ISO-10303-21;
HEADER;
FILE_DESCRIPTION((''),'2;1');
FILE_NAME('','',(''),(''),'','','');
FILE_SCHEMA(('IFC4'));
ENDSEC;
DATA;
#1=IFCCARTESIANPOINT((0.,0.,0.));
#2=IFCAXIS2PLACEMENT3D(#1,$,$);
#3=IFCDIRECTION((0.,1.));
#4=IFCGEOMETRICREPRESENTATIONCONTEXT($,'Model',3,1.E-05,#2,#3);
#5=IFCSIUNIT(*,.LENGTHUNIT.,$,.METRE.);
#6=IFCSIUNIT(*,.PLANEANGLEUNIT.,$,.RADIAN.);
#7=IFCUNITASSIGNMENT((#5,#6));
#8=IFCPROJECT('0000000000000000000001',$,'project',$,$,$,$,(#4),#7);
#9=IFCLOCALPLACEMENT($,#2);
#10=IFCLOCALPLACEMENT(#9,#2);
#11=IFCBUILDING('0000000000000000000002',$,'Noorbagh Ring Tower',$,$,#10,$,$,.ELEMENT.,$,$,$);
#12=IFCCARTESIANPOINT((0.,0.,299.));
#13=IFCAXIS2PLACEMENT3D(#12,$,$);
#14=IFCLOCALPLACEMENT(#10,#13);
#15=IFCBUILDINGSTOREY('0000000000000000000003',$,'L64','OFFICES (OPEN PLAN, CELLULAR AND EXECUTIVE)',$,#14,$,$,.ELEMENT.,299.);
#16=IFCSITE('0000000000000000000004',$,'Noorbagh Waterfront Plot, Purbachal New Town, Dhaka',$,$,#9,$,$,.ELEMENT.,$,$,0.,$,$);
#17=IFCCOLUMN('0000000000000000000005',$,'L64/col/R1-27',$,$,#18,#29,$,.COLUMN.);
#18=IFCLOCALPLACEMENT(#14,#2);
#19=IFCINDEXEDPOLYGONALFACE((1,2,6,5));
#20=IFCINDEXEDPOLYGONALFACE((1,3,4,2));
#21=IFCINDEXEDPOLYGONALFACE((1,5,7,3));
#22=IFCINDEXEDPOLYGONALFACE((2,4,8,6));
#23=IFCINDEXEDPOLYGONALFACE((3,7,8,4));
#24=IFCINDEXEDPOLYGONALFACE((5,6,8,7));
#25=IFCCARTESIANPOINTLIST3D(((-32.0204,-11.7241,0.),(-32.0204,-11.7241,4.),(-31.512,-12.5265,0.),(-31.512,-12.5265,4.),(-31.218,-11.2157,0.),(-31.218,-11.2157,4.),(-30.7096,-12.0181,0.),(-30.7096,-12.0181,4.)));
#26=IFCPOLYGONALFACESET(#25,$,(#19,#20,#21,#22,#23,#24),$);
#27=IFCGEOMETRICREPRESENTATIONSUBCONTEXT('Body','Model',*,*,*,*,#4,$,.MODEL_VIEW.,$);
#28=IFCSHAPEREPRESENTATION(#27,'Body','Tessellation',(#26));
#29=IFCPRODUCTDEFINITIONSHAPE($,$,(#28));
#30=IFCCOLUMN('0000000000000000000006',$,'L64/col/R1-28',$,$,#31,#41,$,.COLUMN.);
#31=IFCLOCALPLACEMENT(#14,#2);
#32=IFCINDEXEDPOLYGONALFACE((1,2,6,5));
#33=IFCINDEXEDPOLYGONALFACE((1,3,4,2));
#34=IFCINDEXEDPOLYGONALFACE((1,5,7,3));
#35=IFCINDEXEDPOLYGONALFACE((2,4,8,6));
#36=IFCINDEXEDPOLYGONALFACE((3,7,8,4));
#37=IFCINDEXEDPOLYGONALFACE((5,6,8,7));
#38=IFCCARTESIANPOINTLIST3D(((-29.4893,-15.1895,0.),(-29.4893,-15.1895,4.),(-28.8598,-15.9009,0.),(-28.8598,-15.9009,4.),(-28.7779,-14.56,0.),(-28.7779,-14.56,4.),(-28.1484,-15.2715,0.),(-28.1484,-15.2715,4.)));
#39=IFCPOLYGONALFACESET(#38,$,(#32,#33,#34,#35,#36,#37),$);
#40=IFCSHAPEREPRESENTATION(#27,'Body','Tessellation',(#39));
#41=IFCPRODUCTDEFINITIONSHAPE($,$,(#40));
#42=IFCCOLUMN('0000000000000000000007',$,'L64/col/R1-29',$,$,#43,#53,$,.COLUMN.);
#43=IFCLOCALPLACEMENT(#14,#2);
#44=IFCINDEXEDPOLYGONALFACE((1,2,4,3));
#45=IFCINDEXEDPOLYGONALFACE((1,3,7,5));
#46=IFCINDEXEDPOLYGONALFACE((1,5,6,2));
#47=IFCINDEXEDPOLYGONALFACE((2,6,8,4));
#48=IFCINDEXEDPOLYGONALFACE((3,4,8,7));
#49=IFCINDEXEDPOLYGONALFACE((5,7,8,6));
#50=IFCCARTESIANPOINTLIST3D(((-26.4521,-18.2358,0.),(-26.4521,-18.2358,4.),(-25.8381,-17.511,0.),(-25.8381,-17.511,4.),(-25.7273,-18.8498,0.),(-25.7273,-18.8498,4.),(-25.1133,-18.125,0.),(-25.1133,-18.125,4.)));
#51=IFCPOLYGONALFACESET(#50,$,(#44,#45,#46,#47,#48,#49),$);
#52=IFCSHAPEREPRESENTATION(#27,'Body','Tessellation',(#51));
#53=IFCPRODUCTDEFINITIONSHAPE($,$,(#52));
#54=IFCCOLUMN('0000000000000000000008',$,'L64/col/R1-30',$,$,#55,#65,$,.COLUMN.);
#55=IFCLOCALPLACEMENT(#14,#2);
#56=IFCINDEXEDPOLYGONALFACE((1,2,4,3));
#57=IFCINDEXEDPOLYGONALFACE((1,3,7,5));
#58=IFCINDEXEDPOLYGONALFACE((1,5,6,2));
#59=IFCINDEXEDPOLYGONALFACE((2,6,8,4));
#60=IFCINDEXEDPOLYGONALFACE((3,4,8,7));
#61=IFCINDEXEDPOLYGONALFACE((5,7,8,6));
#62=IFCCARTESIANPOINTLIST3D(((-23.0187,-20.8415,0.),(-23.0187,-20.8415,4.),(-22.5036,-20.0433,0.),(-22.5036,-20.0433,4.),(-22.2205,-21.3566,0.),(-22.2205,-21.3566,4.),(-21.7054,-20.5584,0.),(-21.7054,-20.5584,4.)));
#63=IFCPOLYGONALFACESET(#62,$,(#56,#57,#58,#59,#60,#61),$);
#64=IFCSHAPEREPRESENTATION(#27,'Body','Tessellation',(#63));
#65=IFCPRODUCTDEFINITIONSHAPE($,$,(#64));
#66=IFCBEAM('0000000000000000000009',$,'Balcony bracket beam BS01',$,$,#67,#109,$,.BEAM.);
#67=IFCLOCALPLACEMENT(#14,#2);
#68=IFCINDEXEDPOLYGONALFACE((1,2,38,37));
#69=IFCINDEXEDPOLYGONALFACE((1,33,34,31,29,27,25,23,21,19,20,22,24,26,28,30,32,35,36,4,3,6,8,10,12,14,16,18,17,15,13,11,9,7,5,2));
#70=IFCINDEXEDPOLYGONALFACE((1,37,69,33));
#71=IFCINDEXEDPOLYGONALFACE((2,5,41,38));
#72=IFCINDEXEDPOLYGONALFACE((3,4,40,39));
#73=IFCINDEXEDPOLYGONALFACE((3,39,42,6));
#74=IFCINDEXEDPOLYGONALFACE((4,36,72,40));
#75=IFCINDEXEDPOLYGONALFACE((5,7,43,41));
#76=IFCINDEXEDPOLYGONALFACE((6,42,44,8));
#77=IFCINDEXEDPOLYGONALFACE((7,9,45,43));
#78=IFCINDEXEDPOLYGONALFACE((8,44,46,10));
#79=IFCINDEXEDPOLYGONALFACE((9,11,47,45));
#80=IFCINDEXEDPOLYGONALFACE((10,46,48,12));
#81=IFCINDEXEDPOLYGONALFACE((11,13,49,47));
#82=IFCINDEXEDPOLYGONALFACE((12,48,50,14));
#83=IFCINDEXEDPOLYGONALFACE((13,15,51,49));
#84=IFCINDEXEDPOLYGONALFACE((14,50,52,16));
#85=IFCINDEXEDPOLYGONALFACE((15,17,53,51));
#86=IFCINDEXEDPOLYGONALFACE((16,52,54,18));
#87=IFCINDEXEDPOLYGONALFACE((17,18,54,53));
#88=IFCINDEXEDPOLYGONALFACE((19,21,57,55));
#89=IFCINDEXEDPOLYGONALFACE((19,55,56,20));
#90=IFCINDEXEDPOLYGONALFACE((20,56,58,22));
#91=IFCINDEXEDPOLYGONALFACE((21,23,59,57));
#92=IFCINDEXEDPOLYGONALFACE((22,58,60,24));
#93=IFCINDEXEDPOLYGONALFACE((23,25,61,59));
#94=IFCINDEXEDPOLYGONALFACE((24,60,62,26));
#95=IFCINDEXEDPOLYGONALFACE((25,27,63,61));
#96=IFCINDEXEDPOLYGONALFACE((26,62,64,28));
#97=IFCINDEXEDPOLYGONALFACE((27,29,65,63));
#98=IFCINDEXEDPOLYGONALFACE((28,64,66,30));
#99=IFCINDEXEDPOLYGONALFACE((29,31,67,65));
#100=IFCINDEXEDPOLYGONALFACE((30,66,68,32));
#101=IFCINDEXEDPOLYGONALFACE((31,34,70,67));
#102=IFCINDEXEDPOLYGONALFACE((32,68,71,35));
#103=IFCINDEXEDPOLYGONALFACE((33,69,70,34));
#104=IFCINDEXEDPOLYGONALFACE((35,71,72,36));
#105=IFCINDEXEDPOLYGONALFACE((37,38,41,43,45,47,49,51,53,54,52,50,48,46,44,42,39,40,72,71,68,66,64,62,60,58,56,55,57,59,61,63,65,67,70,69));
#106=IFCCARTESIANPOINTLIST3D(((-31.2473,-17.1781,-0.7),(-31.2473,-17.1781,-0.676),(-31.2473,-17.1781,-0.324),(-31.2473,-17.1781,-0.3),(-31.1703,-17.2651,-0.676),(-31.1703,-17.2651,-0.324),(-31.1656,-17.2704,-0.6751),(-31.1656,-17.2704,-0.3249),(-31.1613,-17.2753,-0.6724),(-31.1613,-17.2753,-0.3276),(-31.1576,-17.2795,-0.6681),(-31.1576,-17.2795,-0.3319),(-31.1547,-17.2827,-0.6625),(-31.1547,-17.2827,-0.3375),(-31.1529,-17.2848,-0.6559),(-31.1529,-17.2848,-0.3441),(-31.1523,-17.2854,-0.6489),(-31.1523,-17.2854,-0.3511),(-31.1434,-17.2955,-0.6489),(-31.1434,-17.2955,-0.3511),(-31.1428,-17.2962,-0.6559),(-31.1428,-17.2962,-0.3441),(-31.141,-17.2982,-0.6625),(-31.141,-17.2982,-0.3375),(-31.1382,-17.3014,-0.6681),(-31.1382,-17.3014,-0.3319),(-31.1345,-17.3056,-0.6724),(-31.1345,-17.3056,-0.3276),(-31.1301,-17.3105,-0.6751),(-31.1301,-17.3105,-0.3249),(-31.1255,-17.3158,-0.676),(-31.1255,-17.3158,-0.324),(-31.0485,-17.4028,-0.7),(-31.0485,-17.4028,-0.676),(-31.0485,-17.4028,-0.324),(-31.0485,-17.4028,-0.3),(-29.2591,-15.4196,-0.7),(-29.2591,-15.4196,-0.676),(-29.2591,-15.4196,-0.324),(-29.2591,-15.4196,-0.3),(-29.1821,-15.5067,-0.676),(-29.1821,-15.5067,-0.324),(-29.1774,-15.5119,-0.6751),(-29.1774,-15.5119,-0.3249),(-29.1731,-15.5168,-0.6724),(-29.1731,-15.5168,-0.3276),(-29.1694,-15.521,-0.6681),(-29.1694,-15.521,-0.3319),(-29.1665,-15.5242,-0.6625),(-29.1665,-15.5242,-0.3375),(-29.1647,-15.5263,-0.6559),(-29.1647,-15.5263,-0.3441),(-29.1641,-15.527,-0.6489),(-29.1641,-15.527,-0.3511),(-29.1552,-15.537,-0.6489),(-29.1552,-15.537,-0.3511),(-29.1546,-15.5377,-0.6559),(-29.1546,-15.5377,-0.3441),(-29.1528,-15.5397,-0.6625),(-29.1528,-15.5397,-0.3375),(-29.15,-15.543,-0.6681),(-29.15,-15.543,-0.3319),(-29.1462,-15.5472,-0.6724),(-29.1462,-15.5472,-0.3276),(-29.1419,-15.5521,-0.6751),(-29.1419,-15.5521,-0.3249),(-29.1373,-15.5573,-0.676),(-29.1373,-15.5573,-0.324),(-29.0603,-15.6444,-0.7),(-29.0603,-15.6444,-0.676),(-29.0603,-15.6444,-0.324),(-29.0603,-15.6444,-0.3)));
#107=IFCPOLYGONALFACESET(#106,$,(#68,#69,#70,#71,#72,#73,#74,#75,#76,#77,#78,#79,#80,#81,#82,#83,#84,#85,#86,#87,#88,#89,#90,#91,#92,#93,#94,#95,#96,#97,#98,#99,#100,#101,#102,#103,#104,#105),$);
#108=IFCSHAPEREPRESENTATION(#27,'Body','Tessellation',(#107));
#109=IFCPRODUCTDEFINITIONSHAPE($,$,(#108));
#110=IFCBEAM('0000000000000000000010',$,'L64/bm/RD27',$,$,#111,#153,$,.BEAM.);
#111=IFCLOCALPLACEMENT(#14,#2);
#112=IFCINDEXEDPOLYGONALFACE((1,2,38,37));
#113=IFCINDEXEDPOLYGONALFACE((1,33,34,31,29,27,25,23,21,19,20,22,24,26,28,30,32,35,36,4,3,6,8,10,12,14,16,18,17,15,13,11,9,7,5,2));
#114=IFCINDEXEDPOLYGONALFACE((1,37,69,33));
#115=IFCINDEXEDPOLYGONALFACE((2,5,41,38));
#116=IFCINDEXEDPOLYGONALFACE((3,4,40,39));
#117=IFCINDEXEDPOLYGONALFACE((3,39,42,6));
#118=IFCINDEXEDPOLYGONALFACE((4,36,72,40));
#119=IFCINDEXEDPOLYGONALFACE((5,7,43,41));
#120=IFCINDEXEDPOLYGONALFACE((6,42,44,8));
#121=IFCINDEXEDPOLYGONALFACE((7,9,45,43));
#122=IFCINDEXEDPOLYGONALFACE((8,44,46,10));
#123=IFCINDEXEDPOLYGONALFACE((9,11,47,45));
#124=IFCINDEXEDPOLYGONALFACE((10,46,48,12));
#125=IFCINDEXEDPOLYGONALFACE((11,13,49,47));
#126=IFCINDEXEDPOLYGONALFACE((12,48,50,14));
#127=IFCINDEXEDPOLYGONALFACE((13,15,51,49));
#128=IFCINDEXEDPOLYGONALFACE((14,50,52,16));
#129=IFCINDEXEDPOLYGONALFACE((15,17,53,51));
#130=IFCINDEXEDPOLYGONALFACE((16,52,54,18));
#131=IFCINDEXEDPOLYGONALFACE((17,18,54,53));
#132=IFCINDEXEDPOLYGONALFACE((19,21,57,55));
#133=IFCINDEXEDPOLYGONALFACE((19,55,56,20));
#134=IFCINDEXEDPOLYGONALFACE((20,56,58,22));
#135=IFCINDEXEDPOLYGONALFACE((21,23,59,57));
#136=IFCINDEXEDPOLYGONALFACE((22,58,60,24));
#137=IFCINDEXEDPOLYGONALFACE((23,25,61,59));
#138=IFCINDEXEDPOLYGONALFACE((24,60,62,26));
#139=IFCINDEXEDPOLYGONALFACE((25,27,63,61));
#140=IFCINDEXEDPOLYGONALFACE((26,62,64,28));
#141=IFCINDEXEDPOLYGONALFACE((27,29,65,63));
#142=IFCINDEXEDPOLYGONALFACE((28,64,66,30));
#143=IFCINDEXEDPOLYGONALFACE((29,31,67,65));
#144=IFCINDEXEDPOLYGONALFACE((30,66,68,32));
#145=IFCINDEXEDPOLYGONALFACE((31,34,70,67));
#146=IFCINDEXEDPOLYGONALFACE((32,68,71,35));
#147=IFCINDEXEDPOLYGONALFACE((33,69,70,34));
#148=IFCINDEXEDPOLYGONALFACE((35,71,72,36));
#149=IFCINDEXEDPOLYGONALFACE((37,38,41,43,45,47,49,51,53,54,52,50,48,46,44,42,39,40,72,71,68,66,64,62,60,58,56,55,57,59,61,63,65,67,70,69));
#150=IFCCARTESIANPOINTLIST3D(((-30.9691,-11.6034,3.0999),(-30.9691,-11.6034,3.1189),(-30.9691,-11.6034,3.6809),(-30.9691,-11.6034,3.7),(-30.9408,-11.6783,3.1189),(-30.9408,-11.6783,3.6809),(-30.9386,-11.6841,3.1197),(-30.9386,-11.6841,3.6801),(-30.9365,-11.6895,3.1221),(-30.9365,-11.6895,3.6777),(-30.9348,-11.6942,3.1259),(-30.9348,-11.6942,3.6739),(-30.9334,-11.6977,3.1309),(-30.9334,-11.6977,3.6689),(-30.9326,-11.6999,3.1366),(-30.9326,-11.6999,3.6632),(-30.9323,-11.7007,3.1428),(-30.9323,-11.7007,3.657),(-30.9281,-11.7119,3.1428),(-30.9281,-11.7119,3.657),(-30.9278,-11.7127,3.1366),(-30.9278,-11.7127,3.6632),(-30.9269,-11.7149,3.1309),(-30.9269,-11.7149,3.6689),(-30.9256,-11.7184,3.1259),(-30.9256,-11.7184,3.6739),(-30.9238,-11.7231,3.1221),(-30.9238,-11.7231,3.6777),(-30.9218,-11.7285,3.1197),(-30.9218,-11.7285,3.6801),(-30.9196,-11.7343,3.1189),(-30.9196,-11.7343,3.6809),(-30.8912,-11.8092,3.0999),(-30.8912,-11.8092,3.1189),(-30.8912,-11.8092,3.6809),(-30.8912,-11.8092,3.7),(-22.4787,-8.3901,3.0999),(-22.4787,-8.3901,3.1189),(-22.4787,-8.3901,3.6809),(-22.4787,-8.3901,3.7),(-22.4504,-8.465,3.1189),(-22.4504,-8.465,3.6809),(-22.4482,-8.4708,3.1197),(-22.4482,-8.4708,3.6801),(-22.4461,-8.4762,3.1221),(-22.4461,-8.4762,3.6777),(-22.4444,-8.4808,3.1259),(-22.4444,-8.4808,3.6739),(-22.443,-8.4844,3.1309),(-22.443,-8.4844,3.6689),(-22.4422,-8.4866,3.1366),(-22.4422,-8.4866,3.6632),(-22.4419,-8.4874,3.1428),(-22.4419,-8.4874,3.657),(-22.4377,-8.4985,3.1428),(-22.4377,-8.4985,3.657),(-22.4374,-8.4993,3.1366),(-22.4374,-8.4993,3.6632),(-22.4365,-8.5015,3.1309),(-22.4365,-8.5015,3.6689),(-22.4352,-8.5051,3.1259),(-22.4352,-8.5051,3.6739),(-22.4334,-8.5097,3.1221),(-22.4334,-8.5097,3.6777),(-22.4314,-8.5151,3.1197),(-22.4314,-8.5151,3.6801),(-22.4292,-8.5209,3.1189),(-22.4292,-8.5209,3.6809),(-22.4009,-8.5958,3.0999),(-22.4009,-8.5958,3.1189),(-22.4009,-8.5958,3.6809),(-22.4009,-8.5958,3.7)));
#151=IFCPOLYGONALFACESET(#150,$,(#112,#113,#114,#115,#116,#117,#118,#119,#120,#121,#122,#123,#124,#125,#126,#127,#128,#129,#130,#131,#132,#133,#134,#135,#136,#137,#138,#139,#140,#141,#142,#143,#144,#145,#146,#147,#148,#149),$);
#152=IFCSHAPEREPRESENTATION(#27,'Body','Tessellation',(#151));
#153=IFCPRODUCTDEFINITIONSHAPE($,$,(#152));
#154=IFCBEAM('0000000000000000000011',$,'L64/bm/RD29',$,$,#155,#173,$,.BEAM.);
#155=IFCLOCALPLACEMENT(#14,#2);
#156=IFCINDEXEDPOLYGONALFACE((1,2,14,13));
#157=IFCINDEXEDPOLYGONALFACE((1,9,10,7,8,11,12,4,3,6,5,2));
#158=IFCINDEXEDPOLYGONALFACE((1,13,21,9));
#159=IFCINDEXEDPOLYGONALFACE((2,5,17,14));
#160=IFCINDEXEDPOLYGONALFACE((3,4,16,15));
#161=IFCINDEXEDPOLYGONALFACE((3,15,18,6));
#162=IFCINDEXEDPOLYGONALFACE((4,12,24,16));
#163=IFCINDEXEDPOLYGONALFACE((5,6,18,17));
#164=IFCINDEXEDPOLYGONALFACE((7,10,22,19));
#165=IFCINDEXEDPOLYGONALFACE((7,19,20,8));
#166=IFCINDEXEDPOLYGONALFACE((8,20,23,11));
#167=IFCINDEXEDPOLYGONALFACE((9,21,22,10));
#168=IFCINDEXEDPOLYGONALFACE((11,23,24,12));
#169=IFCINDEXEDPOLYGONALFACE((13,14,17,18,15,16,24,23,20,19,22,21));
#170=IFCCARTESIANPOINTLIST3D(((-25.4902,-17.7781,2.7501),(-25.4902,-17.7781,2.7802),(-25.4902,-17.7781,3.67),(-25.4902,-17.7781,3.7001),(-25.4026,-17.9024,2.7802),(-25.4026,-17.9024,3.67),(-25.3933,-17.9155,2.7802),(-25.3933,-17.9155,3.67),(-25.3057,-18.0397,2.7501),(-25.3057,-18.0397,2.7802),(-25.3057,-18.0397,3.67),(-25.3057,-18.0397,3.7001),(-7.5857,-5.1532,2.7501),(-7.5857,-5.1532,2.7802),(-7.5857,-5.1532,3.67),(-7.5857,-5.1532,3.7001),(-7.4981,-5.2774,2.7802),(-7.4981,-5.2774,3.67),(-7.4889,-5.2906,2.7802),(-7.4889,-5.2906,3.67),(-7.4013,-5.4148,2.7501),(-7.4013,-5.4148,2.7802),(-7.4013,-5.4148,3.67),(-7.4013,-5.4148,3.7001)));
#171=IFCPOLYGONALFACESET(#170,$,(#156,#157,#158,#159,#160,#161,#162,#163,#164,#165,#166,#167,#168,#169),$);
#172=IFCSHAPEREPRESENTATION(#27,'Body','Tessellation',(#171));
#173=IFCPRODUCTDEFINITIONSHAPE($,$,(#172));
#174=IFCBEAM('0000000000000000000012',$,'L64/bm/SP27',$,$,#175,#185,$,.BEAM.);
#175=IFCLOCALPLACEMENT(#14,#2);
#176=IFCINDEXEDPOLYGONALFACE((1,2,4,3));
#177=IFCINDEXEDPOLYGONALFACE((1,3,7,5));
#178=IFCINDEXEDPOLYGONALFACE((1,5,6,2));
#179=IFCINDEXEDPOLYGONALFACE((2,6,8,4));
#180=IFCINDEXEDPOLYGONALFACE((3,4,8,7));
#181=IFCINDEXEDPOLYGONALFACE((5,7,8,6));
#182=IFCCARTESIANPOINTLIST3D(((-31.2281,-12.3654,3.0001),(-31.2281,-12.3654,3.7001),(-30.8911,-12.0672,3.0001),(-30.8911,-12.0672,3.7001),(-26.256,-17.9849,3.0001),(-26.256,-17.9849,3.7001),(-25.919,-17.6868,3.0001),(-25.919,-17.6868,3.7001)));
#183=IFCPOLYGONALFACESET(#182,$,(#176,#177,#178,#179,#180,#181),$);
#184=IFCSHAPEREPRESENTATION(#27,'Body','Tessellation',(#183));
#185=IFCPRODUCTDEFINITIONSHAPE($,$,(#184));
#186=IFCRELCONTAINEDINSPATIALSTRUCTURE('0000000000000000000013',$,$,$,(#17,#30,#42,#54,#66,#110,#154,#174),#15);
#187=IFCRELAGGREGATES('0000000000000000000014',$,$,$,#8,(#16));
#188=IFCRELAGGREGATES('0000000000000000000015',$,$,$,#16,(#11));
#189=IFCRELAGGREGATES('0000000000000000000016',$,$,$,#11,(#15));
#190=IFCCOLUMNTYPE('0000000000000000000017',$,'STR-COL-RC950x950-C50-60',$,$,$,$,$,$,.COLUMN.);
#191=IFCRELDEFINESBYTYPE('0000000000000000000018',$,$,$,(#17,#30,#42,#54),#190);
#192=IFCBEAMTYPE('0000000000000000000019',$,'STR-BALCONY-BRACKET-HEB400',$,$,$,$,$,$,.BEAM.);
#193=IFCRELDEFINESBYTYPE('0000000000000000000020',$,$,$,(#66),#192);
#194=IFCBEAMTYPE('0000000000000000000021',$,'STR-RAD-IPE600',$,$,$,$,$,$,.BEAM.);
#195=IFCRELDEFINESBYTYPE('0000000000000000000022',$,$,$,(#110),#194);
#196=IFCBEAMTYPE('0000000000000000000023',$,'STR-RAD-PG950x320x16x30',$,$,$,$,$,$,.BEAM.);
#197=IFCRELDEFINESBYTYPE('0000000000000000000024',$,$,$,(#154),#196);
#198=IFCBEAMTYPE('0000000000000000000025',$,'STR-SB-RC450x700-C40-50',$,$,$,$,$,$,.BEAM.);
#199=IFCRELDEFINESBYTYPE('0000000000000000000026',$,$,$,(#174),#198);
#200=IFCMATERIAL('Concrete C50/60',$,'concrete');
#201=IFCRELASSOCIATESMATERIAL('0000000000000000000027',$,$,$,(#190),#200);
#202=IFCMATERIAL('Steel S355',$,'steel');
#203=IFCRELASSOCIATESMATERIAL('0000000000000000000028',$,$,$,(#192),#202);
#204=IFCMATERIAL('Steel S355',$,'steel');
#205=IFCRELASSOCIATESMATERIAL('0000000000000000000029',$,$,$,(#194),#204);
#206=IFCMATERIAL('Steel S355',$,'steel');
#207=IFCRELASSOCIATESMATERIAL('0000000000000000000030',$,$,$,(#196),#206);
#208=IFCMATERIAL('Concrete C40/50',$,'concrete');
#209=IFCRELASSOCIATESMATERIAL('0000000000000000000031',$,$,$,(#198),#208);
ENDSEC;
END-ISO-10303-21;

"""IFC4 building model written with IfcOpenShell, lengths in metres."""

from ifc_helpers import new_model, si_unit, direction, frame, origin, origin_2d, place, context, subcontext, project, spatial, rectangle, i_section, extrude, material, material_profile, profile_set, type_object, element, save


model = new_model("IFC4")

# Units and contexts
model_context = context("Model", 3, precision=1e-05, world=origin(), true_north=direction((0.0, 1.0)))
body_context = subcontext(model_context, "Body", "Model", "MODEL_VIEW")
ifc_project = project(units=[si_unit("LENGTHUNIT", "METRE"), si_unit("PLANEANGLEUNIT", "RADIAN")], contexts=[model_context])

# Site, building, storey
site_placement = place(None, origin())
site = spatial("IfcSite", under=ifc_project, at=site_placement, Name="Noorbagh Waterfront Plot, Purbachal New Town, Dhaka", CompositionType="ELEMENT", RefElevation=0.0)
building_placement = place(site_placement, origin())
building = spatial("IfcBuilding", under=site, at=building_placement, Name="Noorbagh Ring Tower", CompositionType="ELEMENT")
storey_placement = place(building_placement, frame((0.0, 0.0, 299.0)))
storey = spatial("IfcBuildingStorey", under=building, at=storey_placement, Name="L64", Description="OFFICES (OPEN PLAN, CELLULAR AND EXECUTIVE)", CompositionType="ELEMENT", Elevation=299.0)

# Columns
ifc_material_1 = material(Name="Concrete C50/60", Category="concrete")
ifc_material_profile_1 = material_profile(ifc_material_1, rectangle(XDim=0.95, YDim=0.95, at=origin_2d()), Name="RC950x950")
ifc_profile_set_1 = profile_set([ifc_material_profile_1], Name="Concrete C50/60")
column_type = type_object("IfcColumnType", Name="STR-COL-RC950x950-C50-60", PredefinedType="COLUMN", material=ifc_profile_set_1)
for number, where, z_axis, x_axis, name in (
    (1, (-31.365, -11.8711, 0.0), (0.0, 0.0, 1.0), (0.53519, -0.844731, 0.0), "L64/col/R1-27"),
    (2, (-28.8188, -15.2305, 0.0), (0.0, 0.0, 1.0), (0.662636, -0.748942, 0.0), "L64/col/R1-28"),
    (3, (-25.7827, -18.1804, 0.0), (0.0, 0.0, 1.0), (0.763035, -0.646357, 0.0), "L64/col/R1-29"),
    (4, (-22.3621, -20.7, 0.0), (0.0, 0.0, 1.0), (0.840248, -0.542203, 0.0), "L64/col/R1-30"),
):
    element("IfcColumn", number, at=place(storey_placement, frame(where, z_axis=z_axis, x_axis=x_axis)), inside=storey, type_object=column_type, Name=name, PredefinedType="COLUMN", context=body_context, shape_type="SweptSolid", body=[
        extrude(rectangle(XDim=0.95, YDim=0.95, at=origin_2d()), origin(), (0.0, 0.0, 1.0), 4.0),
    ])

# Beams
ifc_material_2 = material(Name="Steel S355", Category="steel")
ifc_material_profile_2 = material_profile(ifc_material_2, i_section(OverallWidth=0.3, OverallDepth=0.3999, WebThickness=0.0134, FlangeThickness=0.0239, FilletRadius=0.0271, at=origin_2d()), Name="HEB400")
ifc_profile_set_2 = profile_set([ifc_material_profile_2], Name="Steel S355")
beam_type_1 = type_object("IfcBeamType", Name="STR-BALCONY-BRACKET-HEB400", PredefinedType="BEAM", material=ifc_profile_set_2)
beam_1_placement = place(storey_placement, frame((-29.1597, -15.532, -0.5), z_axis=(-0.749056, -0.662506, 0.0), x_axis=(0.662506, -0.749056, 0.0)))
element("IfcBeam", 5, at=beam_1_placement, inside=storey, type_object=beam_type_1, Name="Balcony bracket beam BS01", PredefinedType="BEAM", context=body_context, shape_type="SweptSolid", body=[
    extrude(i_section(OverallWidth=0.3, OverallDepth=0.3999, WebThickness=0.0134, FlangeThickness=0.0239, FilletRadius=0.0271, at=origin_2d()), origin(), (0.0, 0.0, 1.0), 2.6543),
])
ifc_material_3 = material(Name="Steel S355", Category="steel")
ifc_material_profile_3 = material_profile(ifc_material_3, i_section(OverallWidth=0.22, OverallDepth=0.6001, WebThickness=0.012, FlangeThickness=0.019, FilletRadius=0.0239, at=origin_2d()), Name="IPE600")
ifc_profile_set_3 = profile_set([ifc_material_profile_3], Name="Steel S355")
beam_type_2 = type_object("IfcBeamType", Name="STR-RAD-IPE600", PredefinedType="BEAM", material=ifc_profile_set_3)
beam_2_placement = place(storey_placement, frame((-30.9302, -11.7063, 3.3999), z_axis=(0.935258, 0.353966, 0.0), x_axis=(-0.353966, 0.935258, 0.0)))
element("IfcBeam", 6, at=beam_2_placement, inside=storey, type_object=beam_type_2, Name="L64/bm/RD27", PredefinedType="BEAM", context=body_context, shape_type="SweptSolid", body=[
    extrude(i_section(OverallWidth=0.22, OverallDepth=0.6001, WebThickness=0.012, FlangeThickness=0.019, FilletRadius=0.0239, at=origin_2d()), origin(), (0.0, 0.0, 1.0), 9.0781),
])
ifc_material_4 = material(Name="Steel S355", Category="steel")
ifc_material_profile_4 = material_profile(ifc_material_4, i_section(OverallWidth=0.3201, OverallDepth=0.95, WebThickness=0.0161, FlangeThickness=0.03, at=origin_2d()), Name="PG950x320x16x30")
ifc_profile_set_4 = profile_set([ifc_material_profile_4], Name="Steel S355")
beam_type_3 = type_object("IfcBeamType", Name="STR-RAD-PG950x320x16x30", PredefinedType="BEAM", material=ifc_profile_set_4)
beam_3_placement = place(storey_placement, frame((-25.3979, -17.9089, 3.2251), z_axis=(0.817258, 0.576272, 0.0), x_axis=(-0.576272, 0.817258, 0.0)))
element("IfcBeam", 7, at=beam_3_placement, inside=storey, type_object=beam_type_3, Name="L64/bm/RD29", PredefinedType="BEAM", context=body_context, shape_type="SweptSolid", body=[
    extrude(i_section(OverallWidth=0.3201, OverallDepth=0.95, WebThickness=0.0161, FlangeThickness=0.03, at=origin_2d()), origin(), (0.0, 0.0, 1.0), 21.908),
])
ifc_material_5 = material(Name="Concrete C40/50", Category="concrete")
ifc_material_profile_5 = material_profile(ifc_material_5, rectangle(XDim=0.45, YDim=0.7, at=origin_2d()), Name="RC450x700")
ifc_profile_set_5 = profile_set([ifc_material_profile_5], Name="Concrete C40/50")
beam_type_4 = type_object("IfcBeamType", Name="STR-SB-RC450x700-C40-50", PredefinedType="BEAM", material=ifc_profile_set_5)
beam_4_placement = place(storey_placement, frame((-31.0596, -12.2163, 3.3501), z_axis=(0.662645, -0.748933, 0.0), x_axis=(0.748933, 0.662645, 0.0)))
element("IfcBeam", 8, at=beam_4_placement, inside=storey, type_object=beam_type_4, Name="L64/bm/SP27", PredefinedType="BEAM", context=body_context, shape_type="SweptSolid", body=[
    extrude(rectangle(XDim=0.45, YDim=0.7, at=origin_2d()), origin(), (0.0, 0.0, 1.0), 7.5034),
])

save(model, "model.ifc")
